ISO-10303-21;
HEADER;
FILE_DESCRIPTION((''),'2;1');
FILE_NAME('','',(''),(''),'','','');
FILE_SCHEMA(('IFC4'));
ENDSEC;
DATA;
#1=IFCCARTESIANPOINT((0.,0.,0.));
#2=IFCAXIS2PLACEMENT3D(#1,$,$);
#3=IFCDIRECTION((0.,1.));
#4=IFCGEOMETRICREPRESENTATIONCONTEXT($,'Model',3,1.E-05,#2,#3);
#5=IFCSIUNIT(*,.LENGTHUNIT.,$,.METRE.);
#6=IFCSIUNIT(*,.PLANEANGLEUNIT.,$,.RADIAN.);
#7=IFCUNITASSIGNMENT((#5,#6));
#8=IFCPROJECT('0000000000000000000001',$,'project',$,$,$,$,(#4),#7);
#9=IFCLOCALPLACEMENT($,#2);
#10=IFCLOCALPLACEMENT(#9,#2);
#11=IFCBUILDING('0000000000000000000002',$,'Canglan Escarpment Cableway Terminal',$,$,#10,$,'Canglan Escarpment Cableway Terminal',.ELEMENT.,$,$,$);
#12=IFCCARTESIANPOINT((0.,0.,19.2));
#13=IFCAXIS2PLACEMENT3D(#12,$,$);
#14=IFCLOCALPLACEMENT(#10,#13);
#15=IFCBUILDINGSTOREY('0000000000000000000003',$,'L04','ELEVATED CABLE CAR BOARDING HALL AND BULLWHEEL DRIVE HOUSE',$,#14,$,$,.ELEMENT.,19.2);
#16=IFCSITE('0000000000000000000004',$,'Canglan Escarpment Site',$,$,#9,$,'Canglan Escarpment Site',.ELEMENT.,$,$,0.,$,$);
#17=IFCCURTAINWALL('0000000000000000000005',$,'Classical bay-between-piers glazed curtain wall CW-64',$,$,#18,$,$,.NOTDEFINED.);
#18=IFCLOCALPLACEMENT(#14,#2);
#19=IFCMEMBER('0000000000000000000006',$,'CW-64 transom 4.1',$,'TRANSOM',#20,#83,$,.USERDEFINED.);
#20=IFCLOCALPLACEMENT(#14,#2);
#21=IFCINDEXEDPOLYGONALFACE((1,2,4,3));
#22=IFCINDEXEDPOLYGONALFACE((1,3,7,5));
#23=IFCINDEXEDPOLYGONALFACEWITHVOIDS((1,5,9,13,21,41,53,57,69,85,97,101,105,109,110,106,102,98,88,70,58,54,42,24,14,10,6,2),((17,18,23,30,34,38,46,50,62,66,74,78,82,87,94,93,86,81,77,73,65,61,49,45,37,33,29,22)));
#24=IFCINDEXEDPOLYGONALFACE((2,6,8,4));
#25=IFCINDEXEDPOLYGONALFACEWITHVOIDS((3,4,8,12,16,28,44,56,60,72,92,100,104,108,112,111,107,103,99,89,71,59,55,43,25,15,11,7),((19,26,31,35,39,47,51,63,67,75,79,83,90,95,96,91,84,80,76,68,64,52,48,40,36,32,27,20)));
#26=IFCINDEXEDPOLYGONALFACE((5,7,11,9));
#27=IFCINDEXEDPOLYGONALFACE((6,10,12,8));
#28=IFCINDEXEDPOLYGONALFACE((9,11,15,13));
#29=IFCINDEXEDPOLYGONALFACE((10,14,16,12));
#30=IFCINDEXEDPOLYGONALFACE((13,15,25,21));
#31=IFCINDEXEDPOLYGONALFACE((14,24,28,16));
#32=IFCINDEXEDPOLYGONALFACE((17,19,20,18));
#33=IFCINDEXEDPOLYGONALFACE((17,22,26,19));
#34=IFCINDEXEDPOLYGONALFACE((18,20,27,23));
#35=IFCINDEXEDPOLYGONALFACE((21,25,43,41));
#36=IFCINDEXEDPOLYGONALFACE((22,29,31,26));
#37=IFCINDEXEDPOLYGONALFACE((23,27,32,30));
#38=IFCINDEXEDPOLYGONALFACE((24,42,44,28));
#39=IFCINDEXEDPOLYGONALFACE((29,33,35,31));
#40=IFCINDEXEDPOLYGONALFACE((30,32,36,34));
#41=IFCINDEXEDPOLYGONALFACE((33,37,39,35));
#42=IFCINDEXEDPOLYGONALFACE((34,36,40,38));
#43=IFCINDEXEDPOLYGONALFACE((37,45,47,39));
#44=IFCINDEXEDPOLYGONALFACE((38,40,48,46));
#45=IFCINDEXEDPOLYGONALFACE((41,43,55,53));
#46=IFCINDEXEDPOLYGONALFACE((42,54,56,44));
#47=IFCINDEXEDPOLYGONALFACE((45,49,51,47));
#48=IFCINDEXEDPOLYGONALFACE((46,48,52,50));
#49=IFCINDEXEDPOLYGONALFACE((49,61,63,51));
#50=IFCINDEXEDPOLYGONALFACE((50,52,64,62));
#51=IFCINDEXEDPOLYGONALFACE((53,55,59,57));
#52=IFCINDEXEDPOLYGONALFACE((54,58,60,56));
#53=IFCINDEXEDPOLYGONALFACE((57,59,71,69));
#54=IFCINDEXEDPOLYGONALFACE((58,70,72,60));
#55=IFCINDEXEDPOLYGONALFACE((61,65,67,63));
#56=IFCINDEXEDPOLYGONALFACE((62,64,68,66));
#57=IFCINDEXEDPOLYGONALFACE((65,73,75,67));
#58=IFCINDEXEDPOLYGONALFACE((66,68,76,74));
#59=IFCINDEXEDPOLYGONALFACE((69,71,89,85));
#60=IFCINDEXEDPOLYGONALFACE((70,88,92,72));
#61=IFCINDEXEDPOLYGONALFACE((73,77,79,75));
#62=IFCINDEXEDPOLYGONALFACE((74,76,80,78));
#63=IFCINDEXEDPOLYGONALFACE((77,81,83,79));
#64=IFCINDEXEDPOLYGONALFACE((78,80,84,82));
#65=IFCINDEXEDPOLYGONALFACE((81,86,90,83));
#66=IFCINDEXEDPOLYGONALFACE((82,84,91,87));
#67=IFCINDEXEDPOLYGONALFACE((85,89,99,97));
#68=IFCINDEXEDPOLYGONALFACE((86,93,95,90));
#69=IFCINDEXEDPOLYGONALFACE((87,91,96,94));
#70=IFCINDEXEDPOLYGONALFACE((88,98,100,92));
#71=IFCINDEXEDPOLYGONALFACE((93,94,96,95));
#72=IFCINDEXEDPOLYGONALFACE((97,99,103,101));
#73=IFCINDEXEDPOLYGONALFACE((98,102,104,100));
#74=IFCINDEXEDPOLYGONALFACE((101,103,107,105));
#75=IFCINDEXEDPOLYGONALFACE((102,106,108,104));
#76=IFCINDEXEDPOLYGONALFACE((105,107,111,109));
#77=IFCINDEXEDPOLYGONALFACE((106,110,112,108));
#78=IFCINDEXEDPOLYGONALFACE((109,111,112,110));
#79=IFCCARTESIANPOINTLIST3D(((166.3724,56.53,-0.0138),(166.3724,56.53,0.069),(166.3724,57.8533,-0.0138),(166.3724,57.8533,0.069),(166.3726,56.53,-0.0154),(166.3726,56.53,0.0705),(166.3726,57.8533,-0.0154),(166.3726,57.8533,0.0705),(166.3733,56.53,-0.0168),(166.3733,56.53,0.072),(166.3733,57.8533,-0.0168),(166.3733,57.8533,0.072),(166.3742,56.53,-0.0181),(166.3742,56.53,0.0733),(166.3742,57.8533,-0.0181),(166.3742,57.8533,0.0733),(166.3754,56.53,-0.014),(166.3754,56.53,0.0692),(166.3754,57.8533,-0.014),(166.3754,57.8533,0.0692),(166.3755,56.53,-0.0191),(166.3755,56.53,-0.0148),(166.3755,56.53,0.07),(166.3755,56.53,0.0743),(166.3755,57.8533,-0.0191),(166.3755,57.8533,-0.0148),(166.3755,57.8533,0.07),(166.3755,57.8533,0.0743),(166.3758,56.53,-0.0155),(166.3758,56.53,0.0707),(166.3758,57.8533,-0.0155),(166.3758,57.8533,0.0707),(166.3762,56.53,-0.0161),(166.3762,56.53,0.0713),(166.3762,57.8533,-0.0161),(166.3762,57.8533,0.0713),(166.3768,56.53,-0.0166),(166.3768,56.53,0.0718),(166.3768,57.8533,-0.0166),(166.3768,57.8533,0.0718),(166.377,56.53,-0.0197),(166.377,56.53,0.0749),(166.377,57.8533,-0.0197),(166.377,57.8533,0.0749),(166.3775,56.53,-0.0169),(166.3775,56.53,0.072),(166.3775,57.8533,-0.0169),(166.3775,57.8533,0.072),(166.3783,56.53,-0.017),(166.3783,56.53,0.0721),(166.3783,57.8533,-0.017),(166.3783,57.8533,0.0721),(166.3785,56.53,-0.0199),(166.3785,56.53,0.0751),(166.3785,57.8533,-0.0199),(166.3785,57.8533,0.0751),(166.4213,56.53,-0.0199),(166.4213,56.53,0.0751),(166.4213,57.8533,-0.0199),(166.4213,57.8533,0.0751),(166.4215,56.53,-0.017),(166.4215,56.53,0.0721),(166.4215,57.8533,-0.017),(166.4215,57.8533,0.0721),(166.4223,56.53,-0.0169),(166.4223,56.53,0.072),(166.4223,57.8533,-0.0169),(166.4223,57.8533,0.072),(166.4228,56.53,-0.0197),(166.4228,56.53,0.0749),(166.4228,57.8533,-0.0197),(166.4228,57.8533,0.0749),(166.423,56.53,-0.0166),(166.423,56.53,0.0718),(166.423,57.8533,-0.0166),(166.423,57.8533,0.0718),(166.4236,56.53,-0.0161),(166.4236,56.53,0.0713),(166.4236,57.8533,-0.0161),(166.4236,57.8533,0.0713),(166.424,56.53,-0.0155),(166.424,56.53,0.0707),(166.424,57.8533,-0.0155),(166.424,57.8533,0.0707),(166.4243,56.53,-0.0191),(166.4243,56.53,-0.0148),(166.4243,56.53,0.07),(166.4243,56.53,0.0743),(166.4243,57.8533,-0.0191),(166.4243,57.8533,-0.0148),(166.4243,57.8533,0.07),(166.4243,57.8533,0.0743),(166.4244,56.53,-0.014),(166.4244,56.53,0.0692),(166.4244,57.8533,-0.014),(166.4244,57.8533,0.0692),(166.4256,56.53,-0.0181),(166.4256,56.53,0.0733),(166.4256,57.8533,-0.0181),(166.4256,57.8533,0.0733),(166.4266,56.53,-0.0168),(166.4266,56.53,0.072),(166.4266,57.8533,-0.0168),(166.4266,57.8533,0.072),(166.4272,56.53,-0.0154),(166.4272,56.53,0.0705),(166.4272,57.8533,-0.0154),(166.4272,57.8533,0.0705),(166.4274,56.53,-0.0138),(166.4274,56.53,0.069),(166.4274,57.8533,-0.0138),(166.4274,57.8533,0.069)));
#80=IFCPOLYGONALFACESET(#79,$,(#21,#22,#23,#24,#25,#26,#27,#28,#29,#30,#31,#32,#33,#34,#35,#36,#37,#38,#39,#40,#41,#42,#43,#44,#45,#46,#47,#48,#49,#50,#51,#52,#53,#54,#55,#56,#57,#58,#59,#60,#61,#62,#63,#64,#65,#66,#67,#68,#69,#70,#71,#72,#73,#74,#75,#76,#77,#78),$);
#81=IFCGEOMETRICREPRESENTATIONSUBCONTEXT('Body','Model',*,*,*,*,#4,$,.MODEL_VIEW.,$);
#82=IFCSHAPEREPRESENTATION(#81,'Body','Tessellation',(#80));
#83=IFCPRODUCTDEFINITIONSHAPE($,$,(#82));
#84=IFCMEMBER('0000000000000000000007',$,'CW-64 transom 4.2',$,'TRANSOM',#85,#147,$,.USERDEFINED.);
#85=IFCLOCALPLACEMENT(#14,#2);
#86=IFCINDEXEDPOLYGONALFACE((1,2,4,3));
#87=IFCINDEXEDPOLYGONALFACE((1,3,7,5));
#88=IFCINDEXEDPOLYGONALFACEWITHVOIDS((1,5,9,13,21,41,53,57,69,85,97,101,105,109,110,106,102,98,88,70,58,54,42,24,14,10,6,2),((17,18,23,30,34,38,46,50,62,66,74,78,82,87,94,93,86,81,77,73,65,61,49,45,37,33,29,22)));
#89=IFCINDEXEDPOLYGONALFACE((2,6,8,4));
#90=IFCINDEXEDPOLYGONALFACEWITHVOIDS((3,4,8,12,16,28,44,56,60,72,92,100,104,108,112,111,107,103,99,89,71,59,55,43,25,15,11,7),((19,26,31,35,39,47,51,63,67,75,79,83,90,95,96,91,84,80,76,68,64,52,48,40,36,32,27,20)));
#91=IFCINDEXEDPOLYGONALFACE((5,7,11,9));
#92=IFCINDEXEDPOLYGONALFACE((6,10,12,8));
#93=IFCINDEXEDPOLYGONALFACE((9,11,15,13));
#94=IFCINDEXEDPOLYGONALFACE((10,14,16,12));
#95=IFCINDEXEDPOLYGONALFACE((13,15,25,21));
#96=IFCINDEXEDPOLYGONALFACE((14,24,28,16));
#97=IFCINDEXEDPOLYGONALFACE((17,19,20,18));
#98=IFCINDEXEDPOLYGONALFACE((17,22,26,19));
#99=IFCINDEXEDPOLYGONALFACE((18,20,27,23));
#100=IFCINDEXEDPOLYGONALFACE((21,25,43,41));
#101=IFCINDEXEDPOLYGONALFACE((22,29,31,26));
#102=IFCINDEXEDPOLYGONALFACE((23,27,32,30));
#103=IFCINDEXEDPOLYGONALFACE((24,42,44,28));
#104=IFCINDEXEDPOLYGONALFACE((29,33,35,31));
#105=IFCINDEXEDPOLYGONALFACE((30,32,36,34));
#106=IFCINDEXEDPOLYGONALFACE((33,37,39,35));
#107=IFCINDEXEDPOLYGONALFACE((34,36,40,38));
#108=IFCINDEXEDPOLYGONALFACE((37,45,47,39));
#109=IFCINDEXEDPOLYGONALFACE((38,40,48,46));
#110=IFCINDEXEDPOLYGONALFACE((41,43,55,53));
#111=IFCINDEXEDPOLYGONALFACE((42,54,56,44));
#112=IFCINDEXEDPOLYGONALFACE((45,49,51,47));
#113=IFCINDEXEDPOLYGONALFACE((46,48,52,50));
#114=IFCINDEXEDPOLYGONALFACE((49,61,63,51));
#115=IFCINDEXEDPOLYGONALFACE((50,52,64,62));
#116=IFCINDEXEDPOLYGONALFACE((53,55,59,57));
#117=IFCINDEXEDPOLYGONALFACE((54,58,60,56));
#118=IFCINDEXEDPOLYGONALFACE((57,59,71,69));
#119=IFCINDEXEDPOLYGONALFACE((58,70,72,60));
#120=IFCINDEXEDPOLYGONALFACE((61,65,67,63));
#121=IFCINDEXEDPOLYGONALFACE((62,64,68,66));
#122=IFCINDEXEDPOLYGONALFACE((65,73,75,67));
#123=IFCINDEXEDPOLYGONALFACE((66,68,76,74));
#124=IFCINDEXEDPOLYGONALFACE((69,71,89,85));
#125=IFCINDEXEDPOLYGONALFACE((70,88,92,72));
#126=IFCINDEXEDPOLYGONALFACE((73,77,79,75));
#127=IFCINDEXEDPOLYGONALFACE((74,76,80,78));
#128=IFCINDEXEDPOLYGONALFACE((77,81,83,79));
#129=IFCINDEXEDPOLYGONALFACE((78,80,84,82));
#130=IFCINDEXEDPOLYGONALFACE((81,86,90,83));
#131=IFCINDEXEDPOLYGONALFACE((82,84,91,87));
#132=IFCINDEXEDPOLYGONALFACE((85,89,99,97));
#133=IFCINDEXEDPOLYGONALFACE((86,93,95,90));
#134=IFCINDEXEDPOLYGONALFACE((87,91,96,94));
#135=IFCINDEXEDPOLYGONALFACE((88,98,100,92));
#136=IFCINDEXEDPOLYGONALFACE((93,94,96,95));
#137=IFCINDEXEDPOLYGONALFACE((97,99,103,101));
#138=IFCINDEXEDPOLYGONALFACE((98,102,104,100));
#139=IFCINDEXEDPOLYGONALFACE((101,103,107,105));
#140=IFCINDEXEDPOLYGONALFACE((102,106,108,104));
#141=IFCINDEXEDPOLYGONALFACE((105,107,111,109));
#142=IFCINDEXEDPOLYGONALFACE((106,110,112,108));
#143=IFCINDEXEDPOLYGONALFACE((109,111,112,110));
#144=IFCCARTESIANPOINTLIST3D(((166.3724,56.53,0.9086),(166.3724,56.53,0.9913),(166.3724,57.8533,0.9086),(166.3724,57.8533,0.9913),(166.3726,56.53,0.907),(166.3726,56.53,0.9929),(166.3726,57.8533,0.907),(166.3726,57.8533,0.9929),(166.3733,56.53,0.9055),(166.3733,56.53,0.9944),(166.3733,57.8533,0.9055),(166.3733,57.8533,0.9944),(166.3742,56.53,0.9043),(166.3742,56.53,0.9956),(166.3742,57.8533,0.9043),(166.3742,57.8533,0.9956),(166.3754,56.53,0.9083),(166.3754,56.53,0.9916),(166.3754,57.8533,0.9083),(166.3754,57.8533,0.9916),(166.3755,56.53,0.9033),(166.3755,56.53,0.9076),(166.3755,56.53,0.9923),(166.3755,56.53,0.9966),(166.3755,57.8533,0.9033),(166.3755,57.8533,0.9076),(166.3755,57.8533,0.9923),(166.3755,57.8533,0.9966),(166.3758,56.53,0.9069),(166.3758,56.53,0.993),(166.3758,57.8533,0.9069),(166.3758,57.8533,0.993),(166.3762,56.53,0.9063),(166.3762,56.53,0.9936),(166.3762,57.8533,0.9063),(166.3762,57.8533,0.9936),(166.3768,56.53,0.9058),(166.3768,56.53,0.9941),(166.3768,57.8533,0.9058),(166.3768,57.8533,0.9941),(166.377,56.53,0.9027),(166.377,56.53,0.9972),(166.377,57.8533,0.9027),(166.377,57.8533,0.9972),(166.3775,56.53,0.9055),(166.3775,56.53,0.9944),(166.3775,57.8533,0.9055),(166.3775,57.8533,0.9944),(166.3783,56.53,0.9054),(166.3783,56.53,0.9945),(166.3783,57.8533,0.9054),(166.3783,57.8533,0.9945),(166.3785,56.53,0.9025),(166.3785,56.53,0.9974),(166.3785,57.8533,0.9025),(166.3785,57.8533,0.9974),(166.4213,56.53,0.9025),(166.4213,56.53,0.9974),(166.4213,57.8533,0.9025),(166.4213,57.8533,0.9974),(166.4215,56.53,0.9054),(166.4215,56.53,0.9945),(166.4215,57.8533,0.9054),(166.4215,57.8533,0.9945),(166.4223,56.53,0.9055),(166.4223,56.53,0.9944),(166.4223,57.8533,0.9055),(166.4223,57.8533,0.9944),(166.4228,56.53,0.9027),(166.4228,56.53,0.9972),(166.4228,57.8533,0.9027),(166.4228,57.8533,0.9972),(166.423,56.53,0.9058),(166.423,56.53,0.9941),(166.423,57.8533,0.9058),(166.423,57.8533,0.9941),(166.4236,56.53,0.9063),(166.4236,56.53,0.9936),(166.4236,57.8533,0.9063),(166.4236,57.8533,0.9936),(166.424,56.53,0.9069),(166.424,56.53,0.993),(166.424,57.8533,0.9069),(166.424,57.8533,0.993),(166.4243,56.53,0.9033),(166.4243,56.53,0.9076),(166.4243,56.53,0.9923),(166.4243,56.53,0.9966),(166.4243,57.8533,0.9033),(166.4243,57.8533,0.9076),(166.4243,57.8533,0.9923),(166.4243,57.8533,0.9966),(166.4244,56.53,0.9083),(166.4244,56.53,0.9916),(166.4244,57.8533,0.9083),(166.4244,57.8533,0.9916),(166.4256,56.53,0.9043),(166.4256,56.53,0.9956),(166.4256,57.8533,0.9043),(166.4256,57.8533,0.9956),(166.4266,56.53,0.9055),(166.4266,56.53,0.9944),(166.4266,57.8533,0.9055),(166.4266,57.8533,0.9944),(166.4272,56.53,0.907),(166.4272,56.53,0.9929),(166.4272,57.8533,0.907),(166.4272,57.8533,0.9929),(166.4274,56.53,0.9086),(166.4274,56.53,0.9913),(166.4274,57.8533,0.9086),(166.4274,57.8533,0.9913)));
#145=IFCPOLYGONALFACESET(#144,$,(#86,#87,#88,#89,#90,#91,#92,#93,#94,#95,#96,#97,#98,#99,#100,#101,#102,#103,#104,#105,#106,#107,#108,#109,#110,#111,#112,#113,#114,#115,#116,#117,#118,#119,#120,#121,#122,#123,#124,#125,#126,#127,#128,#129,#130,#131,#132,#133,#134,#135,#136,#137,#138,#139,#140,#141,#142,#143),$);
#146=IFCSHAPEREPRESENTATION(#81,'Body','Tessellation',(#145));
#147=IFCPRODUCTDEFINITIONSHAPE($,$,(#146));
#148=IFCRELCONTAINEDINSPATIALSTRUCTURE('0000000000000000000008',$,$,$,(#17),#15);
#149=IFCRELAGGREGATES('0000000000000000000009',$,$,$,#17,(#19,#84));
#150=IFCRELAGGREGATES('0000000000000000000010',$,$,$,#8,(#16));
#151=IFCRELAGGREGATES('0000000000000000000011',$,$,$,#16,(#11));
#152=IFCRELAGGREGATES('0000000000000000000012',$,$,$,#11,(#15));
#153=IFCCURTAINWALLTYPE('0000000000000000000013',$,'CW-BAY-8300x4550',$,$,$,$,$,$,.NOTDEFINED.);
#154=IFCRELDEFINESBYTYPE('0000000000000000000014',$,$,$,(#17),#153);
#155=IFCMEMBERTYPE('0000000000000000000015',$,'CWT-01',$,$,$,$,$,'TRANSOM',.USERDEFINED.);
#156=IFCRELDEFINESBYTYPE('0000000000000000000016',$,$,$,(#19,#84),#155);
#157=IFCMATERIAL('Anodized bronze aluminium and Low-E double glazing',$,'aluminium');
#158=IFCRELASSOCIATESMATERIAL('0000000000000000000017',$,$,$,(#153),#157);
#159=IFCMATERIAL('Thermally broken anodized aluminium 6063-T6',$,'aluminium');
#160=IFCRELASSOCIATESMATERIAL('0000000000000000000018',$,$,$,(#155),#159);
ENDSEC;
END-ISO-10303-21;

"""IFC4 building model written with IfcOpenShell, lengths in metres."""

from ifc_helpers import new_model, si_unit, direction, frame, origin, origin_2d, place, context, subcontext, project, spatial, hollow_rectangle, extrude, material, material_profile, profile_set, type_object, element, aggregate, save


model = new_model("IFC4")

# Units and contexts
model_context = context("Model", 3, precision=1e-05, world=origin(), true_north=direction((0.0, 1.0)))
body_context = subcontext(model_context, "Body", "Model", "MODEL_VIEW")
ifc_project = project(units=[si_unit("LENGTHUNIT", "METRE"), si_unit("PLANEANGLEUNIT", "RADIAN")], contexts=[model_context])

# Site, building, storey
site_placement = place(None, origin())
site = spatial("IfcSite", under=ifc_project, at=site_placement, Name="Canglan Escarpment Site", LongName="Canglan Escarpment Site", CompositionType="ELEMENT", RefElevation=0.0)
building_placement = place(site_placement, origin())
building = spatial("IfcBuilding", under=site, at=building_placement, Name="Canglan Escarpment Cableway Terminal", LongName="Canglan Escarpment Cableway Terminal", CompositionType="ELEMENT")
storey_placement = place(building_placement, frame((0.0, 0.0, 19.2)))
storey = spatial("IfcBuildingStorey", under=building, at=storey_placement, Name="L04", Description="ELEVATED CABLE CAR BOARDING HALL AND BULLWHEEL DRIVE HOUSE", CompositionType="ELEMENT", Elevation=19.2)

# Curtain wall, members
ifc_material_1 = material(Name="Anodized bronze aluminium and Low-E double glazing", Category="aluminium")
curtain_wall_type = type_object("IfcCurtainWallType", Name="CW-BAY-8300x4550", PredefinedType="NOTDEFINED", material=ifc_material_1)
curtain_wall_placement = place(storey_placement, origin())
curtain_wall = element("IfcCurtainWall", 1, at=curtain_wall_placement, inside=storey, type_object=curtain_wall_type, Name="Classical bay-between-piers glazed curtain wall CW-64", PredefinedType="NOTDEFINED")
ifc_material_2 = material(Name="Thermally broken anodized aluminium 6063-T6", Category="aluminium")
ifc_material_profile_1 = material_profile(ifc_material_2, hollow_rectangle(XDim=0.0549, YDim=0.095, WallThickness=0.0029, InnerFilletRadius=0.0029, OuterFilletRadius=0.0061, at=origin_2d()), Name="ALU-TRAN 55x95x3")
ifc_profile_set_1 = profile_set([ifc_material_profile_1], Name="Thermally broken anodized aluminium 6063-T6")
member_type_1 = type_object("IfcMemberType", Name="CWT-01", ElementType="TRANSOM", PredefinedType="USERDEFINED", material=ifc_profile_set_1)
member_1_placement = place(storey_placement, frame((166.3999, 56.53, 0.0276), z_axis=(0.0, 1.0, 0.0), x_axis=(-1.0, 0.0, 0.0)))
member_1 = element("IfcMember", 2, at=member_1_placement, type_object=member_type_1, Name="CW-64 transom 4.1", ObjectType="TRANSOM", PredefinedType="USERDEFINED", context=body_context, shape_type="SweptSolid", body=[
    extrude(hollow_rectangle(XDim=0.0549, YDim=0.095, WallThickness=0.0029, InnerFilletRadius=0.0029, OuterFilletRadius=0.0061, at=origin_2d()), origin(), (0.0, 0.0, 1.0), 1.3232),
])
member_2_placement = place(storey_placement, frame((166.3999, 56.53, 0.95), z_axis=(0.0, 1.0, 0.0), x_axis=(-1.0, 0.0, 0.0)))
member_2 = element("IfcMember", 3, at=member_2_placement, type_object=member_type_1, Name="CW-64 transom 4.2", ObjectType="TRANSOM", PredefinedType="USERDEFINED", context=body_context, shape_type="SweptSolid", body=[
    extrude(hollow_rectangle(XDim=0.0549, YDim=0.095, WallThickness=0.0029, InnerFilletRadius=0.0029, OuterFilletRadius=0.0061, at=origin_2d()), origin(), (0.0, 0.0, 1.0), 1.3232),
])
aggregate(curtain_wall, [member_1, member_2])

save(model, "model.ifc")
